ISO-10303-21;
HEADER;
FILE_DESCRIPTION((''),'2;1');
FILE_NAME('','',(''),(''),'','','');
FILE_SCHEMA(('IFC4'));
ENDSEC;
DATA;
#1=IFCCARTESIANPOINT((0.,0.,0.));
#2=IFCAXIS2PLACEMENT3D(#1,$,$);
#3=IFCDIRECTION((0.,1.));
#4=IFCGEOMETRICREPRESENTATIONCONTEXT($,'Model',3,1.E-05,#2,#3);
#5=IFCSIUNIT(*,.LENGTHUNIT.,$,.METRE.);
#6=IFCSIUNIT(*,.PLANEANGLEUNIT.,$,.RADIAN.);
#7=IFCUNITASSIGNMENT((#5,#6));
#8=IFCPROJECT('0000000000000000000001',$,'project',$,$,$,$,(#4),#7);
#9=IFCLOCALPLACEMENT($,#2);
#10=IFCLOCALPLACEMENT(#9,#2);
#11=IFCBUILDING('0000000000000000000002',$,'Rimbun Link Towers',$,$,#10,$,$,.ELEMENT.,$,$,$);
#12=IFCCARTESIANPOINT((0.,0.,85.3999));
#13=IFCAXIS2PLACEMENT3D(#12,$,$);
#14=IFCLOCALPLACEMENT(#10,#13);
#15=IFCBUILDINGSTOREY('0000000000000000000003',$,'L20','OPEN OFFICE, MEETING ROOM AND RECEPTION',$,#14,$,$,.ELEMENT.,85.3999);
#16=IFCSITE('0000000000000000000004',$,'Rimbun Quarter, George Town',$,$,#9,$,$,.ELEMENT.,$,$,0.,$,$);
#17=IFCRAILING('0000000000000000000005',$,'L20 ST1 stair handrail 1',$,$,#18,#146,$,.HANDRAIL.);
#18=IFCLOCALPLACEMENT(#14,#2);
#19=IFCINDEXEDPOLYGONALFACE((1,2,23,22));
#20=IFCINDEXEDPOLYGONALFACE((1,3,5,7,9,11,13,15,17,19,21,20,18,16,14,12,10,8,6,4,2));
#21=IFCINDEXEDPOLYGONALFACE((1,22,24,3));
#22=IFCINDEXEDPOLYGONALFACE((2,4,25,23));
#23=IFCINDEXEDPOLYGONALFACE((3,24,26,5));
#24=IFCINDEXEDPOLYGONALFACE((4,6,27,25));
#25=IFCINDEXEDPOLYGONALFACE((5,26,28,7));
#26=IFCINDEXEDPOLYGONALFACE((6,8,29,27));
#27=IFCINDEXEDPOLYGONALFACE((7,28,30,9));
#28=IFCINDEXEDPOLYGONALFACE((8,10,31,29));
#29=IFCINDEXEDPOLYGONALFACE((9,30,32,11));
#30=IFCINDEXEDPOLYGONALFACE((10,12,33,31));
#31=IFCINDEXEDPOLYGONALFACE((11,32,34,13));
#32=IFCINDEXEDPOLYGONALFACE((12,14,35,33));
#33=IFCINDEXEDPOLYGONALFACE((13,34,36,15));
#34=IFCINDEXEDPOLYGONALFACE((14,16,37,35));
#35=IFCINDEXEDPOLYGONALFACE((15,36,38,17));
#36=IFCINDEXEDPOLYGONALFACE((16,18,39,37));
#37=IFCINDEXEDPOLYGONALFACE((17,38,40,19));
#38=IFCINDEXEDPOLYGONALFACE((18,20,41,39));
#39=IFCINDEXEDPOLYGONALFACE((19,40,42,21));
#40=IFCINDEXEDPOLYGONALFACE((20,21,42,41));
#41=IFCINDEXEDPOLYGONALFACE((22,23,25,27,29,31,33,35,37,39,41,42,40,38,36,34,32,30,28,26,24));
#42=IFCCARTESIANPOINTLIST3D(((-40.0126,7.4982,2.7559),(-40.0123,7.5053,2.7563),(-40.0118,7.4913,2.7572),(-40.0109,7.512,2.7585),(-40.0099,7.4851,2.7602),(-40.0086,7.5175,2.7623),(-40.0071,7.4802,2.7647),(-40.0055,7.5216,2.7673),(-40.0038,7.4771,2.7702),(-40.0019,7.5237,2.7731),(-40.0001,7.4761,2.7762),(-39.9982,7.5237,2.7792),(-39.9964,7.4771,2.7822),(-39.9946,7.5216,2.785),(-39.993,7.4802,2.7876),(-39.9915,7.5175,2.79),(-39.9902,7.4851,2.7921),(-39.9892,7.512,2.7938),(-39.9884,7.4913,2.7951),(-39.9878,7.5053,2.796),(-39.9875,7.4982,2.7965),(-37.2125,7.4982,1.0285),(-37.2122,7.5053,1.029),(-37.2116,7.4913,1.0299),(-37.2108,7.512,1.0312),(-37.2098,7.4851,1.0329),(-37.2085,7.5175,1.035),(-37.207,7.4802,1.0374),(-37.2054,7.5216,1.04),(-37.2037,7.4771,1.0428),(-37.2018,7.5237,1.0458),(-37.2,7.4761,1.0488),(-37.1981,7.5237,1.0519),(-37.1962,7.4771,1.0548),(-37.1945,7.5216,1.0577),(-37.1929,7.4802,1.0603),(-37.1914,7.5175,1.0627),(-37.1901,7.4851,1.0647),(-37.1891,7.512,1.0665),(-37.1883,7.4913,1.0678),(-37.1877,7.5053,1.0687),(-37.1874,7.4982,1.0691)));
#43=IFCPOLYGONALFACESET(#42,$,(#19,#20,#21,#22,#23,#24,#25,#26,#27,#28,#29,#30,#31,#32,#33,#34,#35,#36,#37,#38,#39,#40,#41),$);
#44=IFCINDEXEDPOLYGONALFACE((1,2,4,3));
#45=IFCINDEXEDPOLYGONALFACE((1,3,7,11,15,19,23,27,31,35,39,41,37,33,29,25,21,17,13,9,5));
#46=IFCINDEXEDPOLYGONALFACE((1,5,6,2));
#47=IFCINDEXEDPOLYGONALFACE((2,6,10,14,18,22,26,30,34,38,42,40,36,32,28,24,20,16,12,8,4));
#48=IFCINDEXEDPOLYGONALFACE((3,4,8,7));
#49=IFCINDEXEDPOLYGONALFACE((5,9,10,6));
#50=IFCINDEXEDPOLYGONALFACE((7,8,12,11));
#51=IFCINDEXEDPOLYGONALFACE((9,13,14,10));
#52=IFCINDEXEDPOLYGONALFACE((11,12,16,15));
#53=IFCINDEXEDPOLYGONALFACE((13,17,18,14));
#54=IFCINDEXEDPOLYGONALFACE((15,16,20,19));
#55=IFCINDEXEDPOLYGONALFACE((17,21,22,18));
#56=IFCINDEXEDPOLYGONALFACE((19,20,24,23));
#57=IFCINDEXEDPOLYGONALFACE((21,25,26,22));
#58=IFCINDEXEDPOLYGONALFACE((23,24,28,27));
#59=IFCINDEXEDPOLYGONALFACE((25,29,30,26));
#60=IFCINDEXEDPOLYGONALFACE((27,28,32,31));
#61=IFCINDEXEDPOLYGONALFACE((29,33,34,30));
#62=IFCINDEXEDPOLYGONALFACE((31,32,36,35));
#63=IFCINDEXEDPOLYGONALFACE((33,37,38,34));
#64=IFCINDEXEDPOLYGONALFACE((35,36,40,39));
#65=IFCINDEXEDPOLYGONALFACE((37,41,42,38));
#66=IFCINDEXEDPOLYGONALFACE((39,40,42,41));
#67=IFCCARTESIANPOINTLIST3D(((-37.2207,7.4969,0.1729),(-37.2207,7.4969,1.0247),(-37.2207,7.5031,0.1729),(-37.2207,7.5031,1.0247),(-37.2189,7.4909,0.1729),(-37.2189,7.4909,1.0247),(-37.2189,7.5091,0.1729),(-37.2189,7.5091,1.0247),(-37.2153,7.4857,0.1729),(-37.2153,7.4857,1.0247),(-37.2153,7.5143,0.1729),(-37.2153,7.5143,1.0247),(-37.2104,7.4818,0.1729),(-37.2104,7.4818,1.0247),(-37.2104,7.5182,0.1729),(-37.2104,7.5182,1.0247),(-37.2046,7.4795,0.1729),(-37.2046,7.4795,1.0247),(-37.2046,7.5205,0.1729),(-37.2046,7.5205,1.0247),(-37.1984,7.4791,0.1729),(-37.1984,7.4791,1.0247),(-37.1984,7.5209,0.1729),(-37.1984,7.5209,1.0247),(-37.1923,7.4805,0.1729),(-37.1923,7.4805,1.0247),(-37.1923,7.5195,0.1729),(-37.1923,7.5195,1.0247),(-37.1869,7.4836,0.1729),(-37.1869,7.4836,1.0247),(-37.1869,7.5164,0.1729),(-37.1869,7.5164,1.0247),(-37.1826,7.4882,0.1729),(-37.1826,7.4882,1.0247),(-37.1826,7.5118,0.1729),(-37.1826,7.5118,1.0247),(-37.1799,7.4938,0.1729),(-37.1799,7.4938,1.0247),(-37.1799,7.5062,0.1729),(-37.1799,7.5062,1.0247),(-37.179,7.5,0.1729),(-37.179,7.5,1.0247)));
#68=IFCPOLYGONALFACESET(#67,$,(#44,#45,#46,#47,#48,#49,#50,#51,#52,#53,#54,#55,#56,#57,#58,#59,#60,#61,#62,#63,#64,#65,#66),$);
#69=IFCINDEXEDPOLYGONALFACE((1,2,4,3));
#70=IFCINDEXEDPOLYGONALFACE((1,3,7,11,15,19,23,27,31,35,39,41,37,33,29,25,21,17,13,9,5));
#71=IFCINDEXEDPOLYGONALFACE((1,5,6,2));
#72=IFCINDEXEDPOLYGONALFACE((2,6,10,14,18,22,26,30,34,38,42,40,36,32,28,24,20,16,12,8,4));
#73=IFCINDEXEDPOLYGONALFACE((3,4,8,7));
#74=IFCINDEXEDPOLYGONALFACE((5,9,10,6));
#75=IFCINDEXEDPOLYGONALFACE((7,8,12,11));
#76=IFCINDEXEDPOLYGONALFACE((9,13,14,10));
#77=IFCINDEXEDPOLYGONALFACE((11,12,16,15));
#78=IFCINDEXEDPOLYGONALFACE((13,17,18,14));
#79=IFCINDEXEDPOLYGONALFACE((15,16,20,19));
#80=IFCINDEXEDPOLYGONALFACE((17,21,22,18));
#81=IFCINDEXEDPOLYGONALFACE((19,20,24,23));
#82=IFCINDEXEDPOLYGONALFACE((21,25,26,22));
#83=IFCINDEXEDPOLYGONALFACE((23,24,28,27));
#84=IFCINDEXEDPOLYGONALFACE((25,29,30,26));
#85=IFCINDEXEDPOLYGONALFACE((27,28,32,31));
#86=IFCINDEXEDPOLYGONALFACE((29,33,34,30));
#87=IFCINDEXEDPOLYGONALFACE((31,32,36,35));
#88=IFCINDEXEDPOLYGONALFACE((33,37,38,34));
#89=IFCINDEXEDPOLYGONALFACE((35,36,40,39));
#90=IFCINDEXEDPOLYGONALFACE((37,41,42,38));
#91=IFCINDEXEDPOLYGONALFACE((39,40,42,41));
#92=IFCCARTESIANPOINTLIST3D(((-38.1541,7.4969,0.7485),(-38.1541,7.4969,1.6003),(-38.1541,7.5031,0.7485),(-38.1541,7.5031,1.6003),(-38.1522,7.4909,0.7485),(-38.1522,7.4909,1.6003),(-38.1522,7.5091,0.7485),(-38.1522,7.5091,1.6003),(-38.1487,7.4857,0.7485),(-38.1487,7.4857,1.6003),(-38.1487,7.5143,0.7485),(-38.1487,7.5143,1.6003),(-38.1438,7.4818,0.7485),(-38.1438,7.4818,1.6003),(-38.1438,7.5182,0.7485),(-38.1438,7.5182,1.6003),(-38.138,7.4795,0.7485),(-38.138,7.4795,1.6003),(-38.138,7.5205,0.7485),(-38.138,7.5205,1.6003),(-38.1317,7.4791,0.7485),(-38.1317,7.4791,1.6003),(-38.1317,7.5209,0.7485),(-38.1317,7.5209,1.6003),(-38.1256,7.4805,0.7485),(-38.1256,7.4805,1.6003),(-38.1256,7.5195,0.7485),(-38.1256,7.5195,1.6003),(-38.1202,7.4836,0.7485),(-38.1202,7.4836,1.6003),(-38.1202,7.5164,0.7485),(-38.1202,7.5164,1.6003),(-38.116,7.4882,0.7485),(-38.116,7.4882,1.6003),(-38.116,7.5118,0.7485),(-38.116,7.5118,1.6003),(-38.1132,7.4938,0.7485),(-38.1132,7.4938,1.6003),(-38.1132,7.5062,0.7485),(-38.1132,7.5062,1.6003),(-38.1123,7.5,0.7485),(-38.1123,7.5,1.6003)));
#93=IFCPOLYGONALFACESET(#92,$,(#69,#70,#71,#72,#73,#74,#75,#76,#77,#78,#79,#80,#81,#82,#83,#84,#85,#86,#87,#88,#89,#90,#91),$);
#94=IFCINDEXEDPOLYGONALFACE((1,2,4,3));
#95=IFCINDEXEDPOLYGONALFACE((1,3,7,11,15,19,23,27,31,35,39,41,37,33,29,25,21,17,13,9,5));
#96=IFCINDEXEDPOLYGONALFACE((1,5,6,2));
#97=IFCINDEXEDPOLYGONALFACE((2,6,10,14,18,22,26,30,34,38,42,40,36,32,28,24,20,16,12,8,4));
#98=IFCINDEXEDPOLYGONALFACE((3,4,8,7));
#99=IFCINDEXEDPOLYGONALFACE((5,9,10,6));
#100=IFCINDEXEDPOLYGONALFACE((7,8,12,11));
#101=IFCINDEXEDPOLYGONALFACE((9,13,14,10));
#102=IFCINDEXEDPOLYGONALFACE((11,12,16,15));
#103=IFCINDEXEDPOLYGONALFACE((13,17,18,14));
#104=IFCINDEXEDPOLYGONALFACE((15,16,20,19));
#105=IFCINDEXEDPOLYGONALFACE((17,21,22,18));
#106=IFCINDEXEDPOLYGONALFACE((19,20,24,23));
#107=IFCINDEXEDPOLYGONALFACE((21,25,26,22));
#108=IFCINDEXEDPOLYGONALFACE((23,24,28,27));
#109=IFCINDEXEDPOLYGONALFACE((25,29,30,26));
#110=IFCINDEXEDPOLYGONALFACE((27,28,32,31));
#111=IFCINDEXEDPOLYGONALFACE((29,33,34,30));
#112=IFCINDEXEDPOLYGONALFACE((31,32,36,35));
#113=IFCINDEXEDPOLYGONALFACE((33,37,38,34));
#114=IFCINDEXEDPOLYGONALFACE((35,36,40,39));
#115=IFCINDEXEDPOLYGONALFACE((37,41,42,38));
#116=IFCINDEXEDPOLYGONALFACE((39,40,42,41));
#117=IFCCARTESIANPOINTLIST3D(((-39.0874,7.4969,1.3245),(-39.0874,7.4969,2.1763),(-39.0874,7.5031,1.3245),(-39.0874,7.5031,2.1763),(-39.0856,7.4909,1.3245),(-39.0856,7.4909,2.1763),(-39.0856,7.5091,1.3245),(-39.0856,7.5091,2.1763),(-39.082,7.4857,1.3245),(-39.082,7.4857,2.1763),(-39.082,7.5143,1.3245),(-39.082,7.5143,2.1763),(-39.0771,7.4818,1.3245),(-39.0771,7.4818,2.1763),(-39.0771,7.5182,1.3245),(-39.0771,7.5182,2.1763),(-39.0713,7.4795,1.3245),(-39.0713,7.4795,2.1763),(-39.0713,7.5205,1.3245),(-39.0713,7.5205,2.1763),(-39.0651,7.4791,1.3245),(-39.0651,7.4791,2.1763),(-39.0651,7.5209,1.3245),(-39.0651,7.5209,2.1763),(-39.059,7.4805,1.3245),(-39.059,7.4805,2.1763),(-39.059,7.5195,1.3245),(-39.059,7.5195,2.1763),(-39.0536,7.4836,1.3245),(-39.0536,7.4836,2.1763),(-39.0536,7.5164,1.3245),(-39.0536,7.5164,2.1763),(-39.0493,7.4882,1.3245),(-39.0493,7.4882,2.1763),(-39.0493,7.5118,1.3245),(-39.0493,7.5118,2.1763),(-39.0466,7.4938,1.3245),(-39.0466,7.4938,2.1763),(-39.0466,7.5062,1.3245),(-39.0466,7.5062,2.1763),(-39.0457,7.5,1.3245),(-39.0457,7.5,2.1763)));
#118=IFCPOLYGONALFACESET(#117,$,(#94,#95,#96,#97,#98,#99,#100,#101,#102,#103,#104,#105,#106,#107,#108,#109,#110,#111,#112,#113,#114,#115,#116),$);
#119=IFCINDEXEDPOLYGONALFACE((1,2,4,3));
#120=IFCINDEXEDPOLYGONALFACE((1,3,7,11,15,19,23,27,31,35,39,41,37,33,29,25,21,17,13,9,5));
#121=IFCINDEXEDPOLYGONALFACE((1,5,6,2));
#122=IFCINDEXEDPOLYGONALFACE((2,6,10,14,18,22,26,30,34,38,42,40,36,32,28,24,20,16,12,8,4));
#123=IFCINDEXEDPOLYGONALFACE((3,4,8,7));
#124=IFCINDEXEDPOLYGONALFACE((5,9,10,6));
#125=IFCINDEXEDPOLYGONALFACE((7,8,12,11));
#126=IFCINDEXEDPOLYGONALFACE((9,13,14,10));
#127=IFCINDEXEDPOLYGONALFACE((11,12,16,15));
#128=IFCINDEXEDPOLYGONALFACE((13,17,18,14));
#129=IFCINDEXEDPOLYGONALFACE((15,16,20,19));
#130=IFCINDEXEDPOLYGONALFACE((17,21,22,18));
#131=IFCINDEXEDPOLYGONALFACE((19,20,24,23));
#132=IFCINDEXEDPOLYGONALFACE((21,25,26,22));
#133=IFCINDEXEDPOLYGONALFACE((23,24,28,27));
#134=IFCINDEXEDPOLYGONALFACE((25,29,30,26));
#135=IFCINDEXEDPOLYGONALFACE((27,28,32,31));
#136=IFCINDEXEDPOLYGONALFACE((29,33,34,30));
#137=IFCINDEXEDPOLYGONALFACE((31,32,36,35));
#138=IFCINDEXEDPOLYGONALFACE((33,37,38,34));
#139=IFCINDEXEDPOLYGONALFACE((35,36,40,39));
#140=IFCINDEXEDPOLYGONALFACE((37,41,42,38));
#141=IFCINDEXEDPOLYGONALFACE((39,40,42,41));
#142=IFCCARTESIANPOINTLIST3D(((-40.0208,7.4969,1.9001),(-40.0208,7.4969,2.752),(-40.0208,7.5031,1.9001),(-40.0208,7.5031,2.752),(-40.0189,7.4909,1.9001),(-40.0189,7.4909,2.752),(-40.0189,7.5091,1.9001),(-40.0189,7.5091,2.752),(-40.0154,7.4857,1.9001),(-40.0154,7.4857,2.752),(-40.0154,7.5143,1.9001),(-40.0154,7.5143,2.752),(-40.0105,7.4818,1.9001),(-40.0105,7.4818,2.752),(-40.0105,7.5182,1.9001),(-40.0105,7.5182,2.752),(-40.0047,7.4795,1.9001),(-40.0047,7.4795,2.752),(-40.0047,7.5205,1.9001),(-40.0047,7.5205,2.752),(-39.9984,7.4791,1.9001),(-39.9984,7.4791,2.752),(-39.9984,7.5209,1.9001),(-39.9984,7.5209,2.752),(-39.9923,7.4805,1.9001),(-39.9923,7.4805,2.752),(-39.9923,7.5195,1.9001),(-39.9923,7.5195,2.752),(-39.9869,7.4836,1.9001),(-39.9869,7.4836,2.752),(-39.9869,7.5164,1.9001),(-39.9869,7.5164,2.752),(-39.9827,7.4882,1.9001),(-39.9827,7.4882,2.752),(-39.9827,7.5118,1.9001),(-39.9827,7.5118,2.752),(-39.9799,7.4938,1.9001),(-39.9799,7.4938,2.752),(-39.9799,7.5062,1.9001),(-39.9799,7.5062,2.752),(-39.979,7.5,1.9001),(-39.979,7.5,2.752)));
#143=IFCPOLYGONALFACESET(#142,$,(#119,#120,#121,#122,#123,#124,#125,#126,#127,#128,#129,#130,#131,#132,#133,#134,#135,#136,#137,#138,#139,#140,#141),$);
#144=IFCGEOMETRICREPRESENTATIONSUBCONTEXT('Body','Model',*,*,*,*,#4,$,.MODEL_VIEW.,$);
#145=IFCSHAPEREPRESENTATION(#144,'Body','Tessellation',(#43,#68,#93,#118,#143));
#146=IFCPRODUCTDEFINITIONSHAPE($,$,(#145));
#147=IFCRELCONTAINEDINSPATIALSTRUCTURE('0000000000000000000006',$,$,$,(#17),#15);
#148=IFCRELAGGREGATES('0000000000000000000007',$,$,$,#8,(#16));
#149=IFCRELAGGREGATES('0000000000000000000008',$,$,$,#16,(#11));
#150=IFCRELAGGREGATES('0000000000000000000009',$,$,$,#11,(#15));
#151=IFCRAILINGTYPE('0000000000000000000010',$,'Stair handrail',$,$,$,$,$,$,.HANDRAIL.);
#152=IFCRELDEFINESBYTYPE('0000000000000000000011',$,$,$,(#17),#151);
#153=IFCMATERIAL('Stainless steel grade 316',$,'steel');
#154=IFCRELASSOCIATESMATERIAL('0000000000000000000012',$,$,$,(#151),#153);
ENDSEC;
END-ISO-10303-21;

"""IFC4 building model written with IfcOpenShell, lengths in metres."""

from ifc_helpers import new_model, si_unit, direction, frame, origin, origin_2d, place, context, subcontext, project, spatial, circle, extrude, material, type_object, element, save


model = new_model("IFC4")

# Units and contexts
model_context = context("Model", 3, precision=1e-05, world=origin(), true_north=direction((0.0, 1.0)))
body_context = subcontext(model_context, "Body", "Model", "MODEL_VIEW")
ifc_project = project(units=[si_unit("LENGTHUNIT", "METRE"), si_unit("PLANEANGLEUNIT", "RADIAN")], contexts=[model_context])

# Site, building, storey
site_placement = place(None, origin())
site = spatial("IfcSite", under=ifc_project, at=site_placement, Name="Rimbun Quarter, George Town", CompositionType="ELEMENT", RefElevation=0.0)
building_placement = place(site_placement, origin())
building = spatial("IfcBuilding", under=site, at=building_placement, Name="Rimbun Link Towers", CompositionType="ELEMENT")
storey_placement = place(building_placement, frame((0.0, 0.0, 85.3999)))
storey = spatial("IfcBuildingStorey", under=building, at=storey_placement, Name="L20", Description="OPEN OFFICE, MEETING ROOM AND RECEPTION", CompositionType="ELEMENT", Elevation=85.3999)

# Railing
ifc_material_1 = material(Name="Stainless steel grade 316", Category="steel")
railing_type_1 = type_object("IfcRailingType", Name="Stair handrail", PredefinedType="HANDRAIL", material=ifc_material_1)
railing_1_placement = place(storey_placement, frame((-37.2, 7.5, 0.1729)))
element("IfcRailing", 1, at=railing_1_placement, inside=storey, type_object=railing_type_1, Name="L20 ST1 stair handrail 1", PredefinedType="HANDRAIL", context=body_context, shape_type="SweptSolid", body=[
    extrude(circle(Radius=0.0239, at=origin_2d()), frame((0.0, 0.0, 0.876), z_axis=(-0.85109, 0.0, 0.52502), x_axis=(0.0, -1.0, 0.0)), (0.0, 0.0, 1.0), 3.29),
    extrude(circle(Radius=0.021, at=origin_2d()), origin(), (0.0, 0.0, 1.0), 0.8518),
    extrude(circle(Radius=0.021, at=origin_2d()), frame((-0.9333, 0.0, 0.5757)), (0.0, 0.0, 1.0), 0.8518),
    extrude(circle(Radius=0.021, at=origin_2d()), frame((-1.8667, 0.0, 1.1516)), (0.0, 0.0, 1.0), 0.8518),
    extrude(circle(Radius=0.021, at=origin_2d()), frame((-2.8, 0.0, 1.7273)), (0.0, 0.0, 1.0), 0.8518),
])

save(model, "model.ifc")
